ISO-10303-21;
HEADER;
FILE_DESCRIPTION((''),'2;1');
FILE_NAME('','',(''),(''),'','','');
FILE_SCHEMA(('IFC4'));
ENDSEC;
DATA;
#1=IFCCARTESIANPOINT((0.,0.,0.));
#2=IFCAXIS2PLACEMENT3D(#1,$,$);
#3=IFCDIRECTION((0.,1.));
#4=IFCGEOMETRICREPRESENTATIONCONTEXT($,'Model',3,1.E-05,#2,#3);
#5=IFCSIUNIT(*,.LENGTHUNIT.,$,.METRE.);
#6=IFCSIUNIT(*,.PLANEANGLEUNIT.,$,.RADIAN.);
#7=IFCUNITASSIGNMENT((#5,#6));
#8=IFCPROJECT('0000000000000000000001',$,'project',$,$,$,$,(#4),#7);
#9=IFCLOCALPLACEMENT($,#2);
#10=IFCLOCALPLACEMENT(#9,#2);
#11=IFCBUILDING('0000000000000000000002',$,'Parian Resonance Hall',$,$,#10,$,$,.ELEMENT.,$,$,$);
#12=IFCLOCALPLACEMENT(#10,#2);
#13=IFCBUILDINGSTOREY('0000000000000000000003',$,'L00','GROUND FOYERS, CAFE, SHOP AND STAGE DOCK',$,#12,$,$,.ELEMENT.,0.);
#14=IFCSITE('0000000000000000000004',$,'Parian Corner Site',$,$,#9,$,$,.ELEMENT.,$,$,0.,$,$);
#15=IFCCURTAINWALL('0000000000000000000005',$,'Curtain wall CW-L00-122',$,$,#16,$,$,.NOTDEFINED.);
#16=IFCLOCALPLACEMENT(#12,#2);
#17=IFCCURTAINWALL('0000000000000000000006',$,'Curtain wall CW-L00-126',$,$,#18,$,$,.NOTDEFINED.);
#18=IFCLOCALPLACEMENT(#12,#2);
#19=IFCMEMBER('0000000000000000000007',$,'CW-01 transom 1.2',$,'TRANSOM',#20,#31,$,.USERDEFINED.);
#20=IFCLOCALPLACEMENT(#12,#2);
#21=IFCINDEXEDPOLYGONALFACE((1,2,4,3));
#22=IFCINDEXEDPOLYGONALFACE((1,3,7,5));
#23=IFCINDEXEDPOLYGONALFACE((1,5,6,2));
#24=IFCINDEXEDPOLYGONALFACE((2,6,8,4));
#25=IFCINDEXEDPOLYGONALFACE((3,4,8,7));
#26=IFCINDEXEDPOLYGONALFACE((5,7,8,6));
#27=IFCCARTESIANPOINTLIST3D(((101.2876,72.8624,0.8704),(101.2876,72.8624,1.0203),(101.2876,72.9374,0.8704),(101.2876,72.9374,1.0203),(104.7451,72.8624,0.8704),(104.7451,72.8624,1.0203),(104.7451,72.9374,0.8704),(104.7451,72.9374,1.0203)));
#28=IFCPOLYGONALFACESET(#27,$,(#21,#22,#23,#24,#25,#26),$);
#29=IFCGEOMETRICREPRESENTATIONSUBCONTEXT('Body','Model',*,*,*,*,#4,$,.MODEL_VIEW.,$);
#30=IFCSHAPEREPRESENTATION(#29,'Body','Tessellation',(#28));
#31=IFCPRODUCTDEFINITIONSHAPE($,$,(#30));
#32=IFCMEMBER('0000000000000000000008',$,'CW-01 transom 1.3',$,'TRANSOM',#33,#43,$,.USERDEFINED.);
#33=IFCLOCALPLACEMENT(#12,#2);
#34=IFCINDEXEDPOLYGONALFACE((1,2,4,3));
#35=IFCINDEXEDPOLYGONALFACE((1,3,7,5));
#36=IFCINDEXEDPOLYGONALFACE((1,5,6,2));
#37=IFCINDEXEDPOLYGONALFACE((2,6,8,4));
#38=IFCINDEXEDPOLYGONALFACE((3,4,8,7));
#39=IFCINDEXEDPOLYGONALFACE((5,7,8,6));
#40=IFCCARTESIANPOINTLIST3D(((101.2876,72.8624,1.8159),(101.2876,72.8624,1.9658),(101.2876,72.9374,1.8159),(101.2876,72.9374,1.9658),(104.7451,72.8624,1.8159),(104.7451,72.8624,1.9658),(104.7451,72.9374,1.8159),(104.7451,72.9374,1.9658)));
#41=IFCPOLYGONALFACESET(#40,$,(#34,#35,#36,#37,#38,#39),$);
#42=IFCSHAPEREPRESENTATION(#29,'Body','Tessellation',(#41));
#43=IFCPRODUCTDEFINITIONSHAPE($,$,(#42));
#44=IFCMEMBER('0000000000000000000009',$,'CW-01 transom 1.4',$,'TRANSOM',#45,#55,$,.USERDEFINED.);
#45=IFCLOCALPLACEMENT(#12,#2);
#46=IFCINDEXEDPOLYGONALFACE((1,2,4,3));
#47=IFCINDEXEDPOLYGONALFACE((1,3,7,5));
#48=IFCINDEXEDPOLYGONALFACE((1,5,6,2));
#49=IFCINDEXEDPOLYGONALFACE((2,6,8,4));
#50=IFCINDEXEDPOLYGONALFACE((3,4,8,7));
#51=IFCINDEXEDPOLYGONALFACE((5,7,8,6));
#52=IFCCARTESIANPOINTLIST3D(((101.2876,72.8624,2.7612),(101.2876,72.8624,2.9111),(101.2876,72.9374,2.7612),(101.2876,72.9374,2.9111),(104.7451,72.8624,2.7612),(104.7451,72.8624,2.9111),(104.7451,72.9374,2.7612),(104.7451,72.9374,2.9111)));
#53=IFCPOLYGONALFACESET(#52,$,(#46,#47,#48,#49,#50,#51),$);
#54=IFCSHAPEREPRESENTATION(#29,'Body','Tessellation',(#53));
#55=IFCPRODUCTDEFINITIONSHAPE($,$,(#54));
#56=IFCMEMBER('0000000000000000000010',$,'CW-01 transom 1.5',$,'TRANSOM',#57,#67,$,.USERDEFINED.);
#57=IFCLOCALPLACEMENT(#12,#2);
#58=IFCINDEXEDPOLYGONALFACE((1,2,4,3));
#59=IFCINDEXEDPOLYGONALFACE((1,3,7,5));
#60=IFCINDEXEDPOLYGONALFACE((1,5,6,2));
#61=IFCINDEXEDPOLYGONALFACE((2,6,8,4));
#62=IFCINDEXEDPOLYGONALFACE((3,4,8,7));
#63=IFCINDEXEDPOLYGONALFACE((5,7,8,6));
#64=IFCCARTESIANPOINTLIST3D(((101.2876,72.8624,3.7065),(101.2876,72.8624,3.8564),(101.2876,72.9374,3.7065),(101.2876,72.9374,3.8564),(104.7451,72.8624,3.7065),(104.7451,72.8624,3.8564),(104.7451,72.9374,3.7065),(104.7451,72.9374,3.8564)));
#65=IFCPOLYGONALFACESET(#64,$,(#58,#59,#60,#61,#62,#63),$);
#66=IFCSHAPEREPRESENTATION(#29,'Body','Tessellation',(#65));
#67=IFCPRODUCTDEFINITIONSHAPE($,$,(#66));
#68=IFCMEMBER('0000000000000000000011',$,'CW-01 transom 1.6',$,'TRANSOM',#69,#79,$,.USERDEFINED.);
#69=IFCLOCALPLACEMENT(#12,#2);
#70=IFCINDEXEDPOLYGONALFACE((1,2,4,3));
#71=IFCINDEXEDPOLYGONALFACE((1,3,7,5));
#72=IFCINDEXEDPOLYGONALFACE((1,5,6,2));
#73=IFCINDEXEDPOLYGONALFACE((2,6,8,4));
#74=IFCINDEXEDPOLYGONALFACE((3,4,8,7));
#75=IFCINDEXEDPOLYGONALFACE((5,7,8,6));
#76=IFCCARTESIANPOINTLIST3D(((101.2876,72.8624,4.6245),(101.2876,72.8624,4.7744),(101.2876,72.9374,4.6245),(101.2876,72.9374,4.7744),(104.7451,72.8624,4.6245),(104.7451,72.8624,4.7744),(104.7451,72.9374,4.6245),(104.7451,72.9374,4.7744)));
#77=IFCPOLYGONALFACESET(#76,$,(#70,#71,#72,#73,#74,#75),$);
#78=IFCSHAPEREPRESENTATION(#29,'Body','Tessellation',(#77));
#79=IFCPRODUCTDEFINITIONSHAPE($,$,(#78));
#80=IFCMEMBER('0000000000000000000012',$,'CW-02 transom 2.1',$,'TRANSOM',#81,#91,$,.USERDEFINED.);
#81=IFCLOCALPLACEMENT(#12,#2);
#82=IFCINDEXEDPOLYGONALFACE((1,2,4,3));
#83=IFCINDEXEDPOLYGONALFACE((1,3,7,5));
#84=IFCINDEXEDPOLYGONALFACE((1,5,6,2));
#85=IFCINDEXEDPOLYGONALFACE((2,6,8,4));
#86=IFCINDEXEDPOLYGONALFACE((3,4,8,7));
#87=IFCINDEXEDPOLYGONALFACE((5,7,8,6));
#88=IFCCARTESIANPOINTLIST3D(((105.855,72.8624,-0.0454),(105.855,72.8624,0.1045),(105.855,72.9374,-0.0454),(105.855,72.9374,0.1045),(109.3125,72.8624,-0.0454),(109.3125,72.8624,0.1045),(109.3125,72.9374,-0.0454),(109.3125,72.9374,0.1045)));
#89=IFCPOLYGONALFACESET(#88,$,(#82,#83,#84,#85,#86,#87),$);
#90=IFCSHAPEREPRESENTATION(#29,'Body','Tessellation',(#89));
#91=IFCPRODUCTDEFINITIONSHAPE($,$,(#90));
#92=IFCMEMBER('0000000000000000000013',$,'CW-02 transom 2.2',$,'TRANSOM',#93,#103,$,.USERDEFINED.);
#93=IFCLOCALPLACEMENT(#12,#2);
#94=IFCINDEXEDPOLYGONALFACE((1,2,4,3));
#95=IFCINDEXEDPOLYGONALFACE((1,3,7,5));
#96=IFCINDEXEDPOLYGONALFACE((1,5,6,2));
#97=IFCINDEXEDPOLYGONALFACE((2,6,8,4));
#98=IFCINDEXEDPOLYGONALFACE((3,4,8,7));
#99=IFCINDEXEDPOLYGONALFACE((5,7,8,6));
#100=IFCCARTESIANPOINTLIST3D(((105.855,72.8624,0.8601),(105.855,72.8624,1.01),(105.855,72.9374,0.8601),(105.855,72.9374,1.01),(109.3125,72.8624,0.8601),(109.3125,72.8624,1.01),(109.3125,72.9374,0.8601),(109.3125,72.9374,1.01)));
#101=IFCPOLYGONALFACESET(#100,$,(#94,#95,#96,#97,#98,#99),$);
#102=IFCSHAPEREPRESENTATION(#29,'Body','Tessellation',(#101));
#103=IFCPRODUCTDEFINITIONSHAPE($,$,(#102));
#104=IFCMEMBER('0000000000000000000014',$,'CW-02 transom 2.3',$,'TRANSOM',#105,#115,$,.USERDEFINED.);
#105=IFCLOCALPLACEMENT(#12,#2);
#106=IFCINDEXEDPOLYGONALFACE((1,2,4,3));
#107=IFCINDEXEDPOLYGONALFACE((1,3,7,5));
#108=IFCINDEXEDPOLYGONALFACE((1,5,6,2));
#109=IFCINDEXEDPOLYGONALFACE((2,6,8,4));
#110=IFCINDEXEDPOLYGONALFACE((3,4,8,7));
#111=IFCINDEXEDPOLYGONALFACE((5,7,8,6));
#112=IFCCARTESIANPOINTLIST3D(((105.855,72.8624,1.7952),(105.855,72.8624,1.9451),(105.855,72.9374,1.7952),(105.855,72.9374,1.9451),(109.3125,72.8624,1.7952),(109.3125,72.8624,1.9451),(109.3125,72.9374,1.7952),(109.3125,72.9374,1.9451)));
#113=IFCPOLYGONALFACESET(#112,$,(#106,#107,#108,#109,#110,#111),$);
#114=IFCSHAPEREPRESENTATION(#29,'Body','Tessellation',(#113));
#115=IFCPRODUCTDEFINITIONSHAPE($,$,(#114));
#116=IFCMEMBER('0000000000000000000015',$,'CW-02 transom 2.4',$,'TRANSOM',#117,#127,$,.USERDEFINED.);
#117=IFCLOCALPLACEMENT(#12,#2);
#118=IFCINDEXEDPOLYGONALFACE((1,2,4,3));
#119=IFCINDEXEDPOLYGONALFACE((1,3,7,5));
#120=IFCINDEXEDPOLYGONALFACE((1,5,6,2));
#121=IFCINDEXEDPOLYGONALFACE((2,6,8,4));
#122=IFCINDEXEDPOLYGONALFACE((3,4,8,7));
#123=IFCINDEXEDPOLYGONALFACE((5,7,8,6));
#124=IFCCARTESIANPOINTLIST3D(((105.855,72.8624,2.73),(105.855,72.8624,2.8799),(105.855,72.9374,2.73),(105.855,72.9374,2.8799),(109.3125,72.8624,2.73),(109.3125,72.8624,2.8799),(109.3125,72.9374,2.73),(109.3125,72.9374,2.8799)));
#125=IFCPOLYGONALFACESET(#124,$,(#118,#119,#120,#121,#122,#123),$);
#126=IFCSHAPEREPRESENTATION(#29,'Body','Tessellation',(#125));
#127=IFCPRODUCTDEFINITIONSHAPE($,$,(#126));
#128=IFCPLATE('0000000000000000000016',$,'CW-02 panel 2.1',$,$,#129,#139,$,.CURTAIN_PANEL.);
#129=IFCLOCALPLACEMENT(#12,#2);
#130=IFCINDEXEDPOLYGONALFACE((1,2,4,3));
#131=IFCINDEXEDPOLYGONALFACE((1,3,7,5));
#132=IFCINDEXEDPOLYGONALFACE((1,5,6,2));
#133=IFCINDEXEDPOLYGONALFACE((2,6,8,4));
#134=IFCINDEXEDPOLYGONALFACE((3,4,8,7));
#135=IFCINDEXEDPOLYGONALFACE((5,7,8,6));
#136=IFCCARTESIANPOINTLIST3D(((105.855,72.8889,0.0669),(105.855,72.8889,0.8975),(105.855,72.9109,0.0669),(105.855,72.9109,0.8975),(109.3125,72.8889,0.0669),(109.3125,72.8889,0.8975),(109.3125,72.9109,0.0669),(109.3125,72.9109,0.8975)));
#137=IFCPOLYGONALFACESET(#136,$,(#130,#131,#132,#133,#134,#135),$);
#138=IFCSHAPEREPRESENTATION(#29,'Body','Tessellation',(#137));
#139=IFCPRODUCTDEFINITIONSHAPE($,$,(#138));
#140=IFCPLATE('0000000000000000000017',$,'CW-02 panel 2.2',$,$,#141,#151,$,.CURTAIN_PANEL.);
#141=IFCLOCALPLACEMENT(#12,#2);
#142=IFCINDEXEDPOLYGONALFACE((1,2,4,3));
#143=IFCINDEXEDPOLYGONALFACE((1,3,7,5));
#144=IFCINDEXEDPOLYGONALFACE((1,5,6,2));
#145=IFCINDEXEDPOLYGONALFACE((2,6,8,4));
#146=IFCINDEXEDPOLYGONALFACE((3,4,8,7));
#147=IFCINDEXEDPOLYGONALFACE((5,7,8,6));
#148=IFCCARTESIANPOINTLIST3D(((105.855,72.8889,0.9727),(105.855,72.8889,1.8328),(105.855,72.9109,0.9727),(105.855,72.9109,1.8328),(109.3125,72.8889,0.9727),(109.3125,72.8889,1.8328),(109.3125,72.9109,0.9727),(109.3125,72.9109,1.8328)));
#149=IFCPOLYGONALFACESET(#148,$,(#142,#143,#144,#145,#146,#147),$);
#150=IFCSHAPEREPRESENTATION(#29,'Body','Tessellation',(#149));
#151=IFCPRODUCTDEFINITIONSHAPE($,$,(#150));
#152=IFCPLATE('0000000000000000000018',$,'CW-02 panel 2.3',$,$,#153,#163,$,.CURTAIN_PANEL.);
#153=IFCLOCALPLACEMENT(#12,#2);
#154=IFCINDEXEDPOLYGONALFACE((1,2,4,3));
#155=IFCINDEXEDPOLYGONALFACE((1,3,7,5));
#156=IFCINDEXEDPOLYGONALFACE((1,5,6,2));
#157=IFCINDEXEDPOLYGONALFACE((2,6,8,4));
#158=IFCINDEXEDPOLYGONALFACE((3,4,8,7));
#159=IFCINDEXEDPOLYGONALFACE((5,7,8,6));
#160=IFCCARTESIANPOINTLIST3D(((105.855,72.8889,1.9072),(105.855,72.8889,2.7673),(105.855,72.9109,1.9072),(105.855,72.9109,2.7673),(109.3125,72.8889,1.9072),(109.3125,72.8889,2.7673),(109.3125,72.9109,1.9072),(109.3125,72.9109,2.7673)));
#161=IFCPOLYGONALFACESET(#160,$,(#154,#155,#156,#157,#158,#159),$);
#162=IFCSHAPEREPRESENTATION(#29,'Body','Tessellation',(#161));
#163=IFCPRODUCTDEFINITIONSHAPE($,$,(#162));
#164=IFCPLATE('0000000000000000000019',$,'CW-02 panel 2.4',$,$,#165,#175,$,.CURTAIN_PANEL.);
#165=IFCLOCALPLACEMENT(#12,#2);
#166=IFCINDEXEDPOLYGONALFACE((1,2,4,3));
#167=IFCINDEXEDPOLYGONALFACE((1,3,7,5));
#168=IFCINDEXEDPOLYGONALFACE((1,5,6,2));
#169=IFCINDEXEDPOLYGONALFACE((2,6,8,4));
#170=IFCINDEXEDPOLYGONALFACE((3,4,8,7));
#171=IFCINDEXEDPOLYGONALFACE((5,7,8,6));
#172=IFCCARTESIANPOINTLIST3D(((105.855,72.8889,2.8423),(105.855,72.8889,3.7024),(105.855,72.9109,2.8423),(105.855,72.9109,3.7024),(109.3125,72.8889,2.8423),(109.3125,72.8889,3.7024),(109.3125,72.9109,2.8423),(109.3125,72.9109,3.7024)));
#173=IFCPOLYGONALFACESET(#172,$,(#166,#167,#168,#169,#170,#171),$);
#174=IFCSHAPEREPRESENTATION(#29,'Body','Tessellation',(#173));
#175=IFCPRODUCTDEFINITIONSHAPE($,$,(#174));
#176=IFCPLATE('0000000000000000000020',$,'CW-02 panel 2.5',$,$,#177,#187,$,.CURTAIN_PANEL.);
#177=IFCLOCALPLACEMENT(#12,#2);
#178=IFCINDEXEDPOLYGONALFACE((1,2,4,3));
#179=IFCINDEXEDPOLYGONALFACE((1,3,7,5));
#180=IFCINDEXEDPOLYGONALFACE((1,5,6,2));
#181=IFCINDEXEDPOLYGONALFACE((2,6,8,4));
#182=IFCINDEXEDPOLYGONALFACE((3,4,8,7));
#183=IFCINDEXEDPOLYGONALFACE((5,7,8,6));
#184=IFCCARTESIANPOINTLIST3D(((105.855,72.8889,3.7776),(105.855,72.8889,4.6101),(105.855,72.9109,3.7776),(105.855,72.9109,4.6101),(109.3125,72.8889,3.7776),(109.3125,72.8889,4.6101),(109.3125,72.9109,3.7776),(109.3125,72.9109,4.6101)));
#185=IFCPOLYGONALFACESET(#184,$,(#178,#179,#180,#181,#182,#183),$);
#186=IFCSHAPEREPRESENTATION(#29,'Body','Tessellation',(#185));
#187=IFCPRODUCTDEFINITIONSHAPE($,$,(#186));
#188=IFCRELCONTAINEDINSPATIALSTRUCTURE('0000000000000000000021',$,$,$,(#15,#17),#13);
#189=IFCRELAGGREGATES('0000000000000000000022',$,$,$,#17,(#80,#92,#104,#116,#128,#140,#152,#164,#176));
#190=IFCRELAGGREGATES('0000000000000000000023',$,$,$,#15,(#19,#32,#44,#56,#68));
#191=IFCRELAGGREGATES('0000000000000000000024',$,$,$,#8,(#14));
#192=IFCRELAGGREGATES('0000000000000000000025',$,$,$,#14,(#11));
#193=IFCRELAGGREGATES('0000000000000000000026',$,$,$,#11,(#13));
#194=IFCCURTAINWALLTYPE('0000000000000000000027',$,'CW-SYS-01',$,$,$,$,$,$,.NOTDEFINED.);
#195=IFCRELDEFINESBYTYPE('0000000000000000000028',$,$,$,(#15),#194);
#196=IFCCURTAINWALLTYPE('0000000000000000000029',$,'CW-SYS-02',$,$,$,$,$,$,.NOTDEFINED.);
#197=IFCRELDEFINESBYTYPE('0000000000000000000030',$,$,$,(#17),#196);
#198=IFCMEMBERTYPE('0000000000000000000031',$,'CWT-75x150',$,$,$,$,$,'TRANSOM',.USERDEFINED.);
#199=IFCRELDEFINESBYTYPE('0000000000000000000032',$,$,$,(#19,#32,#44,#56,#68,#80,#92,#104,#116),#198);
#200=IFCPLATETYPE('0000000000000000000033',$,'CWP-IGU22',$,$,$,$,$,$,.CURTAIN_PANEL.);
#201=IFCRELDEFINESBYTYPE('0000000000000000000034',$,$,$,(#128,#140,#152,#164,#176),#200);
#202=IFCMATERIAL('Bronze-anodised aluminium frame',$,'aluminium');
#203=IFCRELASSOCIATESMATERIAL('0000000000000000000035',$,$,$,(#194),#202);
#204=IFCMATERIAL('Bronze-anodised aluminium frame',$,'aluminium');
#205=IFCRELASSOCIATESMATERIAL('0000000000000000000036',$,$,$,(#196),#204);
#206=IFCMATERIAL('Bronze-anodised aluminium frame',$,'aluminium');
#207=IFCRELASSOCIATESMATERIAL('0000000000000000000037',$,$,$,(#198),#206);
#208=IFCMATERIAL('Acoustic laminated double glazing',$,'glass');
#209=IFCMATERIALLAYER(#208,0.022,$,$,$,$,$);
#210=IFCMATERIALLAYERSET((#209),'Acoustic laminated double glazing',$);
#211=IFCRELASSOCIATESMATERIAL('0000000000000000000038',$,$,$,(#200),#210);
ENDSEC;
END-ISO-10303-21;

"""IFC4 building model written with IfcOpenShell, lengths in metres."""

from ifc_helpers import new_model, si_unit, direction, frame, origin, origin_2d, place, context, subcontext, project, spatial, rectangle, extrude, material, layer, layer_set, material_profile, profile_set, type_object, element, aggregate, save


model = new_model("IFC4")

# Units and contexts
model_context = context("Model", 3, precision=1e-05, world=origin(), true_north=direction((0.0, 1.0)))
body_context = subcontext(model_context, "Body", "Model", "MODEL_VIEW")
ifc_project = project(units=[si_unit("LENGTHUNIT", "METRE"), si_unit("PLANEANGLEUNIT", "RADIAN")], contexts=[model_context])

# Site, building, storey
site_placement = place(None, origin())
site = spatial("IfcSite", under=ifc_project, at=site_placement, Name="Parian Corner Site", CompositionType="ELEMENT", RefElevation=0.0)
building_placement = place(site_placement, origin())
building = spatial("IfcBuilding", under=site, at=building_placement, Name="Parian Resonance Hall", CompositionType="ELEMENT")
storey_placement = place(building_placement, origin())
storey = spatial("IfcBuildingStorey", under=building, at=storey_placement, Name="L00", Description="GROUND FOYERS, CAFE, SHOP AND STAGE DOCK", CompositionType="ELEMENT", Elevation=0.0)

# Curtain walls
ifc_material_1 = material(Name="Bronze-anodised aluminium frame", Category="aluminium")
curtain_wall_type_1 = type_object("IfcCurtainWallType", Name="CW-SYS-01", PredefinedType="NOTDEFINED", material=ifc_material_1)
curtain_wall_1_placement = place(storey_placement, origin())
curtain_wall_1 = element("IfcCurtainWall", 1, at=curtain_wall_1_placement, inside=storey, type_object=curtain_wall_type_1, Name="Curtain wall CW-L00-122", PredefinedType="NOTDEFINED")
ifc_material_2 = material(Name="Bronze-anodised aluminium frame", Category="aluminium")
curtain_wall_type_2 = type_object("IfcCurtainWallType", Name="CW-SYS-02", PredefinedType="NOTDEFINED", material=ifc_material_2)
curtain_wall_2_placement = place(storey_placement, origin())
curtain_wall_2 = element("IfcCurtainWall", 2, at=curtain_wall_2_placement, inside=storey, type_object=curtain_wall_type_2, Name="Curtain wall CW-L00-126", PredefinedType="NOTDEFINED")

# Members
ifc_material_3 = material(Name="Bronze-anodised aluminium frame", Category="aluminium")
ifc_material_profile_1 = material_profile(ifc_material_3, rectangle(XDim=0.075, YDim=0.1499, at=origin_2d()), Name="CWT-75x150")
ifc_profile_set_1 = profile_set([ifc_material_profile_1], Name="Bronze-anodised aluminium frame")
member_type_1 = type_object("IfcMemberType", Name="CWT-75x150", ElementType="TRANSOM", PredefinedType="USERDEFINED", material=ifc_profile_set_1)
member_1_placement = place(storey_placement, frame((104.7451, 72.8999, 0.9453), z_axis=(-1.0, 0.0, 0.0), x_axis=(0.0, -1.0, 0.0)))
member_1 = element("IfcMember", 3, at=member_1_placement, type_object=member_type_1, Name="CW-01 transom 1.2", ObjectType="TRANSOM", PredefinedType="USERDEFINED", context=body_context, shape_type="SweptSolid", body=[
    extrude(rectangle(XDim=0.075, YDim=0.1499, at=origin_2d()), origin(), (0.0, 0.0, 1.0), 3.4575),
])
member_2_placement = place(storey_placement, frame((104.7451, 72.8999, 1.8909), z_axis=(-1.0, 0.0, 0.0), x_axis=(0.0, -1.0, 0.0)))
member_2 = element("IfcMember", 4, at=member_2_placement, type_object=member_type_1, Name="CW-01 transom 1.3", ObjectType="TRANSOM", PredefinedType="USERDEFINED", context=body_context, shape_type="SweptSolid", body=[
    extrude(rectangle(XDim=0.075, YDim=0.1499, at=origin_2d()), origin(), (0.0, 0.0, 1.0), 3.4575),
])
member_3_placement = place(storey_placement, frame((104.7451, 72.8999, 2.8362), z_axis=(-1.0, 0.0, 0.0), x_axis=(0.0, -1.0, 0.0)))
member_3 = element("IfcMember", 5, at=member_3_placement, type_object=member_type_1, Name="CW-01 transom 1.4", ObjectType="TRANSOM", PredefinedType="USERDEFINED", context=body_context, shape_type="SweptSolid", body=[
    extrude(rectangle(XDim=0.075, YDim=0.1499, at=origin_2d()), origin(), (0.0, 0.0, 1.0), 3.4575),
])
member_4_placement = place(storey_placement, frame((104.7451, 72.8999, 3.7815), z_axis=(-1.0, 0.0, 0.0), x_axis=(0.0, -1.0, 0.0)))
member_4 = element("IfcMember", 6, at=member_4_placement, type_object=member_type_1, Name="CW-01 transom 1.5", ObjectType="TRANSOM", PredefinedType="USERDEFINED", context=body_context, shape_type="SweptSolid", body=[
    extrude(rectangle(XDim=0.075, YDim=0.1499, at=origin_2d()), origin(), (0.0, 0.0, 1.0), 3.4575),
])
member_5_placement = place(storey_placement, frame((104.7451, 72.8999, 4.6995), z_axis=(-1.0, 0.0, 0.0), x_axis=(0.0, -1.0, 0.0)))
member_5 = element("IfcMember", 7, at=member_5_placement, type_object=member_type_1, Name="CW-01 transom 1.6", ObjectType="TRANSOM", PredefinedType="USERDEFINED", context=body_context, shape_type="SweptSolid", body=[
    extrude(rectangle(XDim=0.075, YDim=0.1499, at=origin_2d()), origin(), (0.0, 0.0, 1.0), 3.4575),
])
member_6_placement = place(storey_placement, frame((109.3125, 72.8999, 0.0295), z_axis=(-1.0, 0.0, 0.0), x_axis=(0.0, -1.0, 0.0)))
member_6 = element("IfcMember", 8, at=member_6_placement, type_object=member_type_1, Name="CW-02 transom 2.1", ObjectType="TRANSOM", PredefinedType="USERDEFINED", context=body_context, shape_type="SweptSolid", body=[
    extrude(rectangle(XDim=0.075, YDim=0.1499, at=origin_2d()), origin(), (0.0, 0.0, 1.0), 3.4575),
])
member_7_placement = place(storey_placement, frame((109.3125, 72.8999, 0.9351), z_axis=(-1.0, 0.0, 0.0), x_axis=(0.0, -1.0, 0.0)))
member_7 = element("IfcMember", 9, at=member_7_placement, type_object=member_type_1, Name="CW-02 transom 2.2", ObjectType="TRANSOM", PredefinedType="USERDEFINED", context=body_context, shape_type="SweptSolid", body=[
    extrude(rectangle(XDim=0.075, YDim=0.1499, at=origin_2d()), origin(), (0.0, 0.0, 1.0), 3.4575),
])
member_8_placement = place(storey_placement, frame((109.3125, 72.8999, 1.8701), z_axis=(-1.0, 0.0, 0.0), x_axis=(0.0, -1.0, 0.0)))
member_8 = element("IfcMember", 10, at=member_8_placement, type_object=member_type_1, Name="CW-02 transom 2.3", ObjectType="TRANSOM", PredefinedType="USERDEFINED", context=body_context, shape_type="SweptSolid", body=[
    extrude(rectangle(XDim=0.075, YDim=0.1499, at=origin_2d()), origin(), (0.0, 0.0, 1.0), 3.4575),
])
member_9_placement = place(storey_placement, frame((109.3125, 72.8999, 2.8049), z_axis=(-1.0, 0.0, 0.0), x_axis=(0.0, -1.0, 0.0)))
member_9 = element("IfcMember", 11, at=member_9_placement, type_object=member_type_1, Name="CW-02 transom 2.4", ObjectType="TRANSOM", PredefinedType="USERDEFINED", context=body_context, shape_type="SweptSolid", body=[
    extrude(rectangle(XDim=0.075, YDim=0.1499, at=origin_2d()), origin(), (0.0, 0.0, 1.0), 3.4575),
])

# Plates
ifc_material_4 = material(Name="Acoustic laminated double glazing", Category="glass")
ifc_layer_1 = layer(ifc_material_4, 0.022)
ifc_layer_set_1 = layer_set([ifc_layer_1], Name="Acoustic laminated double glazing")
plate_type_1 = type_object("IfcPlateType", Name="CWP-IGU22", PredefinedType="CURTAIN_PANEL", material=ifc_layer_set_1)
plate_1_placement = place(storey_placement, frame((107.5837, 72.8999, 0.0669), z_axis=(0.0, 0.0, 1.0), x_axis=(-1.0, 0.0, 0.0)))
plate_1 = element("IfcPlate", 12, at=plate_1_placement, type_object=plate_type_1, Name="CW-02 panel 2.1", PredefinedType="CURTAIN_PANEL", context=body_context, shape_type="SweptSolid", body=[
    extrude(rectangle(XDim=3.4575, YDim=0.022, at=origin_2d()), origin(), (0.0, 0.0, 1.0), 0.8306),
])
plate_2_placement = place(storey_placement, frame((107.5837, 72.8999, 0.9727), z_axis=(0.0, 0.0, 1.0), x_axis=(-1.0, 0.0, 0.0)))
plate_2 = element("IfcPlate", 13, at=plate_2_placement, type_object=plate_type_1, Name="CW-02 panel 2.2", PredefinedType="CURTAIN_PANEL", context=body_context, shape_type="SweptSolid", body=[
    extrude(rectangle(XDim=3.4575, YDim=0.022, at=origin_2d()), origin(), (0.0, 0.0, 1.0), 0.8601),
])
plate_3_placement = place(storey_placement, frame((107.5837, 72.8999, 1.9072), z_axis=(0.0, 0.0, 1.0), x_axis=(-1.0, 0.0, 0.0)))
plate_3 = element("IfcPlate", 14, at=plate_3_placement, type_object=plate_type_1, Name="CW-02 panel 2.3", PredefinedType="CURTAIN_PANEL", context=body_context, shape_type="SweptSolid", body=[
    extrude(rectangle(XDim=3.4575, YDim=0.022, at=origin_2d()), origin(), (0.0, 0.0, 1.0), 0.8601),
])
plate_4_placement = place(storey_placement, frame((107.5837, 72.8999, 2.8423), z_axis=(0.0, 0.0, 1.0), x_axis=(-1.0, 0.0, 0.0)))
plate_4 = element("IfcPlate", 15, at=plate_4_placement, type_object=plate_type_1, Name="CW-02 panel 2.4", PredefinedType="CURTAIN_PANEL", context=body_context, shape_type="SweptSolid", body=[
    extrude(rectangle(XDim=3.4575, YDim=0.022, at=origin_2d()), origin(), (0.0, 0.0, 1.0), 0.8601),
])
plate_5_placement = place(storey_placement, frame((107.5837, 72.8999, 3.7776), z_axis=(0.0, 0.0, 1.0), x_axis=(-1.0, 0.0, 0.0)))
plate_5 = element("IfcPlate", 16, at=plate_5_placement, type_object=plate_type_1, Name="CW-02 panel 2.5", PredefinedType="CURTAIN_PANEL", context=body_context, shape_type="SweptSolid", body=[
    extrude(rectangle(XDim=3.4575, YDim=0.022, at=origin_2d()), origin(), (0.0, 0.0, 1.0), 0.8325),
])
aggregate(curtain_wall_2, [member_6, member_7, member_8, member_9, plate_1, plate_2, plate_3, plate_4, plate_5])
aggregate(curtain_wall_1, [member_1, member_2, member_3, member_4, member_5])

save(model, "model.ifc")
